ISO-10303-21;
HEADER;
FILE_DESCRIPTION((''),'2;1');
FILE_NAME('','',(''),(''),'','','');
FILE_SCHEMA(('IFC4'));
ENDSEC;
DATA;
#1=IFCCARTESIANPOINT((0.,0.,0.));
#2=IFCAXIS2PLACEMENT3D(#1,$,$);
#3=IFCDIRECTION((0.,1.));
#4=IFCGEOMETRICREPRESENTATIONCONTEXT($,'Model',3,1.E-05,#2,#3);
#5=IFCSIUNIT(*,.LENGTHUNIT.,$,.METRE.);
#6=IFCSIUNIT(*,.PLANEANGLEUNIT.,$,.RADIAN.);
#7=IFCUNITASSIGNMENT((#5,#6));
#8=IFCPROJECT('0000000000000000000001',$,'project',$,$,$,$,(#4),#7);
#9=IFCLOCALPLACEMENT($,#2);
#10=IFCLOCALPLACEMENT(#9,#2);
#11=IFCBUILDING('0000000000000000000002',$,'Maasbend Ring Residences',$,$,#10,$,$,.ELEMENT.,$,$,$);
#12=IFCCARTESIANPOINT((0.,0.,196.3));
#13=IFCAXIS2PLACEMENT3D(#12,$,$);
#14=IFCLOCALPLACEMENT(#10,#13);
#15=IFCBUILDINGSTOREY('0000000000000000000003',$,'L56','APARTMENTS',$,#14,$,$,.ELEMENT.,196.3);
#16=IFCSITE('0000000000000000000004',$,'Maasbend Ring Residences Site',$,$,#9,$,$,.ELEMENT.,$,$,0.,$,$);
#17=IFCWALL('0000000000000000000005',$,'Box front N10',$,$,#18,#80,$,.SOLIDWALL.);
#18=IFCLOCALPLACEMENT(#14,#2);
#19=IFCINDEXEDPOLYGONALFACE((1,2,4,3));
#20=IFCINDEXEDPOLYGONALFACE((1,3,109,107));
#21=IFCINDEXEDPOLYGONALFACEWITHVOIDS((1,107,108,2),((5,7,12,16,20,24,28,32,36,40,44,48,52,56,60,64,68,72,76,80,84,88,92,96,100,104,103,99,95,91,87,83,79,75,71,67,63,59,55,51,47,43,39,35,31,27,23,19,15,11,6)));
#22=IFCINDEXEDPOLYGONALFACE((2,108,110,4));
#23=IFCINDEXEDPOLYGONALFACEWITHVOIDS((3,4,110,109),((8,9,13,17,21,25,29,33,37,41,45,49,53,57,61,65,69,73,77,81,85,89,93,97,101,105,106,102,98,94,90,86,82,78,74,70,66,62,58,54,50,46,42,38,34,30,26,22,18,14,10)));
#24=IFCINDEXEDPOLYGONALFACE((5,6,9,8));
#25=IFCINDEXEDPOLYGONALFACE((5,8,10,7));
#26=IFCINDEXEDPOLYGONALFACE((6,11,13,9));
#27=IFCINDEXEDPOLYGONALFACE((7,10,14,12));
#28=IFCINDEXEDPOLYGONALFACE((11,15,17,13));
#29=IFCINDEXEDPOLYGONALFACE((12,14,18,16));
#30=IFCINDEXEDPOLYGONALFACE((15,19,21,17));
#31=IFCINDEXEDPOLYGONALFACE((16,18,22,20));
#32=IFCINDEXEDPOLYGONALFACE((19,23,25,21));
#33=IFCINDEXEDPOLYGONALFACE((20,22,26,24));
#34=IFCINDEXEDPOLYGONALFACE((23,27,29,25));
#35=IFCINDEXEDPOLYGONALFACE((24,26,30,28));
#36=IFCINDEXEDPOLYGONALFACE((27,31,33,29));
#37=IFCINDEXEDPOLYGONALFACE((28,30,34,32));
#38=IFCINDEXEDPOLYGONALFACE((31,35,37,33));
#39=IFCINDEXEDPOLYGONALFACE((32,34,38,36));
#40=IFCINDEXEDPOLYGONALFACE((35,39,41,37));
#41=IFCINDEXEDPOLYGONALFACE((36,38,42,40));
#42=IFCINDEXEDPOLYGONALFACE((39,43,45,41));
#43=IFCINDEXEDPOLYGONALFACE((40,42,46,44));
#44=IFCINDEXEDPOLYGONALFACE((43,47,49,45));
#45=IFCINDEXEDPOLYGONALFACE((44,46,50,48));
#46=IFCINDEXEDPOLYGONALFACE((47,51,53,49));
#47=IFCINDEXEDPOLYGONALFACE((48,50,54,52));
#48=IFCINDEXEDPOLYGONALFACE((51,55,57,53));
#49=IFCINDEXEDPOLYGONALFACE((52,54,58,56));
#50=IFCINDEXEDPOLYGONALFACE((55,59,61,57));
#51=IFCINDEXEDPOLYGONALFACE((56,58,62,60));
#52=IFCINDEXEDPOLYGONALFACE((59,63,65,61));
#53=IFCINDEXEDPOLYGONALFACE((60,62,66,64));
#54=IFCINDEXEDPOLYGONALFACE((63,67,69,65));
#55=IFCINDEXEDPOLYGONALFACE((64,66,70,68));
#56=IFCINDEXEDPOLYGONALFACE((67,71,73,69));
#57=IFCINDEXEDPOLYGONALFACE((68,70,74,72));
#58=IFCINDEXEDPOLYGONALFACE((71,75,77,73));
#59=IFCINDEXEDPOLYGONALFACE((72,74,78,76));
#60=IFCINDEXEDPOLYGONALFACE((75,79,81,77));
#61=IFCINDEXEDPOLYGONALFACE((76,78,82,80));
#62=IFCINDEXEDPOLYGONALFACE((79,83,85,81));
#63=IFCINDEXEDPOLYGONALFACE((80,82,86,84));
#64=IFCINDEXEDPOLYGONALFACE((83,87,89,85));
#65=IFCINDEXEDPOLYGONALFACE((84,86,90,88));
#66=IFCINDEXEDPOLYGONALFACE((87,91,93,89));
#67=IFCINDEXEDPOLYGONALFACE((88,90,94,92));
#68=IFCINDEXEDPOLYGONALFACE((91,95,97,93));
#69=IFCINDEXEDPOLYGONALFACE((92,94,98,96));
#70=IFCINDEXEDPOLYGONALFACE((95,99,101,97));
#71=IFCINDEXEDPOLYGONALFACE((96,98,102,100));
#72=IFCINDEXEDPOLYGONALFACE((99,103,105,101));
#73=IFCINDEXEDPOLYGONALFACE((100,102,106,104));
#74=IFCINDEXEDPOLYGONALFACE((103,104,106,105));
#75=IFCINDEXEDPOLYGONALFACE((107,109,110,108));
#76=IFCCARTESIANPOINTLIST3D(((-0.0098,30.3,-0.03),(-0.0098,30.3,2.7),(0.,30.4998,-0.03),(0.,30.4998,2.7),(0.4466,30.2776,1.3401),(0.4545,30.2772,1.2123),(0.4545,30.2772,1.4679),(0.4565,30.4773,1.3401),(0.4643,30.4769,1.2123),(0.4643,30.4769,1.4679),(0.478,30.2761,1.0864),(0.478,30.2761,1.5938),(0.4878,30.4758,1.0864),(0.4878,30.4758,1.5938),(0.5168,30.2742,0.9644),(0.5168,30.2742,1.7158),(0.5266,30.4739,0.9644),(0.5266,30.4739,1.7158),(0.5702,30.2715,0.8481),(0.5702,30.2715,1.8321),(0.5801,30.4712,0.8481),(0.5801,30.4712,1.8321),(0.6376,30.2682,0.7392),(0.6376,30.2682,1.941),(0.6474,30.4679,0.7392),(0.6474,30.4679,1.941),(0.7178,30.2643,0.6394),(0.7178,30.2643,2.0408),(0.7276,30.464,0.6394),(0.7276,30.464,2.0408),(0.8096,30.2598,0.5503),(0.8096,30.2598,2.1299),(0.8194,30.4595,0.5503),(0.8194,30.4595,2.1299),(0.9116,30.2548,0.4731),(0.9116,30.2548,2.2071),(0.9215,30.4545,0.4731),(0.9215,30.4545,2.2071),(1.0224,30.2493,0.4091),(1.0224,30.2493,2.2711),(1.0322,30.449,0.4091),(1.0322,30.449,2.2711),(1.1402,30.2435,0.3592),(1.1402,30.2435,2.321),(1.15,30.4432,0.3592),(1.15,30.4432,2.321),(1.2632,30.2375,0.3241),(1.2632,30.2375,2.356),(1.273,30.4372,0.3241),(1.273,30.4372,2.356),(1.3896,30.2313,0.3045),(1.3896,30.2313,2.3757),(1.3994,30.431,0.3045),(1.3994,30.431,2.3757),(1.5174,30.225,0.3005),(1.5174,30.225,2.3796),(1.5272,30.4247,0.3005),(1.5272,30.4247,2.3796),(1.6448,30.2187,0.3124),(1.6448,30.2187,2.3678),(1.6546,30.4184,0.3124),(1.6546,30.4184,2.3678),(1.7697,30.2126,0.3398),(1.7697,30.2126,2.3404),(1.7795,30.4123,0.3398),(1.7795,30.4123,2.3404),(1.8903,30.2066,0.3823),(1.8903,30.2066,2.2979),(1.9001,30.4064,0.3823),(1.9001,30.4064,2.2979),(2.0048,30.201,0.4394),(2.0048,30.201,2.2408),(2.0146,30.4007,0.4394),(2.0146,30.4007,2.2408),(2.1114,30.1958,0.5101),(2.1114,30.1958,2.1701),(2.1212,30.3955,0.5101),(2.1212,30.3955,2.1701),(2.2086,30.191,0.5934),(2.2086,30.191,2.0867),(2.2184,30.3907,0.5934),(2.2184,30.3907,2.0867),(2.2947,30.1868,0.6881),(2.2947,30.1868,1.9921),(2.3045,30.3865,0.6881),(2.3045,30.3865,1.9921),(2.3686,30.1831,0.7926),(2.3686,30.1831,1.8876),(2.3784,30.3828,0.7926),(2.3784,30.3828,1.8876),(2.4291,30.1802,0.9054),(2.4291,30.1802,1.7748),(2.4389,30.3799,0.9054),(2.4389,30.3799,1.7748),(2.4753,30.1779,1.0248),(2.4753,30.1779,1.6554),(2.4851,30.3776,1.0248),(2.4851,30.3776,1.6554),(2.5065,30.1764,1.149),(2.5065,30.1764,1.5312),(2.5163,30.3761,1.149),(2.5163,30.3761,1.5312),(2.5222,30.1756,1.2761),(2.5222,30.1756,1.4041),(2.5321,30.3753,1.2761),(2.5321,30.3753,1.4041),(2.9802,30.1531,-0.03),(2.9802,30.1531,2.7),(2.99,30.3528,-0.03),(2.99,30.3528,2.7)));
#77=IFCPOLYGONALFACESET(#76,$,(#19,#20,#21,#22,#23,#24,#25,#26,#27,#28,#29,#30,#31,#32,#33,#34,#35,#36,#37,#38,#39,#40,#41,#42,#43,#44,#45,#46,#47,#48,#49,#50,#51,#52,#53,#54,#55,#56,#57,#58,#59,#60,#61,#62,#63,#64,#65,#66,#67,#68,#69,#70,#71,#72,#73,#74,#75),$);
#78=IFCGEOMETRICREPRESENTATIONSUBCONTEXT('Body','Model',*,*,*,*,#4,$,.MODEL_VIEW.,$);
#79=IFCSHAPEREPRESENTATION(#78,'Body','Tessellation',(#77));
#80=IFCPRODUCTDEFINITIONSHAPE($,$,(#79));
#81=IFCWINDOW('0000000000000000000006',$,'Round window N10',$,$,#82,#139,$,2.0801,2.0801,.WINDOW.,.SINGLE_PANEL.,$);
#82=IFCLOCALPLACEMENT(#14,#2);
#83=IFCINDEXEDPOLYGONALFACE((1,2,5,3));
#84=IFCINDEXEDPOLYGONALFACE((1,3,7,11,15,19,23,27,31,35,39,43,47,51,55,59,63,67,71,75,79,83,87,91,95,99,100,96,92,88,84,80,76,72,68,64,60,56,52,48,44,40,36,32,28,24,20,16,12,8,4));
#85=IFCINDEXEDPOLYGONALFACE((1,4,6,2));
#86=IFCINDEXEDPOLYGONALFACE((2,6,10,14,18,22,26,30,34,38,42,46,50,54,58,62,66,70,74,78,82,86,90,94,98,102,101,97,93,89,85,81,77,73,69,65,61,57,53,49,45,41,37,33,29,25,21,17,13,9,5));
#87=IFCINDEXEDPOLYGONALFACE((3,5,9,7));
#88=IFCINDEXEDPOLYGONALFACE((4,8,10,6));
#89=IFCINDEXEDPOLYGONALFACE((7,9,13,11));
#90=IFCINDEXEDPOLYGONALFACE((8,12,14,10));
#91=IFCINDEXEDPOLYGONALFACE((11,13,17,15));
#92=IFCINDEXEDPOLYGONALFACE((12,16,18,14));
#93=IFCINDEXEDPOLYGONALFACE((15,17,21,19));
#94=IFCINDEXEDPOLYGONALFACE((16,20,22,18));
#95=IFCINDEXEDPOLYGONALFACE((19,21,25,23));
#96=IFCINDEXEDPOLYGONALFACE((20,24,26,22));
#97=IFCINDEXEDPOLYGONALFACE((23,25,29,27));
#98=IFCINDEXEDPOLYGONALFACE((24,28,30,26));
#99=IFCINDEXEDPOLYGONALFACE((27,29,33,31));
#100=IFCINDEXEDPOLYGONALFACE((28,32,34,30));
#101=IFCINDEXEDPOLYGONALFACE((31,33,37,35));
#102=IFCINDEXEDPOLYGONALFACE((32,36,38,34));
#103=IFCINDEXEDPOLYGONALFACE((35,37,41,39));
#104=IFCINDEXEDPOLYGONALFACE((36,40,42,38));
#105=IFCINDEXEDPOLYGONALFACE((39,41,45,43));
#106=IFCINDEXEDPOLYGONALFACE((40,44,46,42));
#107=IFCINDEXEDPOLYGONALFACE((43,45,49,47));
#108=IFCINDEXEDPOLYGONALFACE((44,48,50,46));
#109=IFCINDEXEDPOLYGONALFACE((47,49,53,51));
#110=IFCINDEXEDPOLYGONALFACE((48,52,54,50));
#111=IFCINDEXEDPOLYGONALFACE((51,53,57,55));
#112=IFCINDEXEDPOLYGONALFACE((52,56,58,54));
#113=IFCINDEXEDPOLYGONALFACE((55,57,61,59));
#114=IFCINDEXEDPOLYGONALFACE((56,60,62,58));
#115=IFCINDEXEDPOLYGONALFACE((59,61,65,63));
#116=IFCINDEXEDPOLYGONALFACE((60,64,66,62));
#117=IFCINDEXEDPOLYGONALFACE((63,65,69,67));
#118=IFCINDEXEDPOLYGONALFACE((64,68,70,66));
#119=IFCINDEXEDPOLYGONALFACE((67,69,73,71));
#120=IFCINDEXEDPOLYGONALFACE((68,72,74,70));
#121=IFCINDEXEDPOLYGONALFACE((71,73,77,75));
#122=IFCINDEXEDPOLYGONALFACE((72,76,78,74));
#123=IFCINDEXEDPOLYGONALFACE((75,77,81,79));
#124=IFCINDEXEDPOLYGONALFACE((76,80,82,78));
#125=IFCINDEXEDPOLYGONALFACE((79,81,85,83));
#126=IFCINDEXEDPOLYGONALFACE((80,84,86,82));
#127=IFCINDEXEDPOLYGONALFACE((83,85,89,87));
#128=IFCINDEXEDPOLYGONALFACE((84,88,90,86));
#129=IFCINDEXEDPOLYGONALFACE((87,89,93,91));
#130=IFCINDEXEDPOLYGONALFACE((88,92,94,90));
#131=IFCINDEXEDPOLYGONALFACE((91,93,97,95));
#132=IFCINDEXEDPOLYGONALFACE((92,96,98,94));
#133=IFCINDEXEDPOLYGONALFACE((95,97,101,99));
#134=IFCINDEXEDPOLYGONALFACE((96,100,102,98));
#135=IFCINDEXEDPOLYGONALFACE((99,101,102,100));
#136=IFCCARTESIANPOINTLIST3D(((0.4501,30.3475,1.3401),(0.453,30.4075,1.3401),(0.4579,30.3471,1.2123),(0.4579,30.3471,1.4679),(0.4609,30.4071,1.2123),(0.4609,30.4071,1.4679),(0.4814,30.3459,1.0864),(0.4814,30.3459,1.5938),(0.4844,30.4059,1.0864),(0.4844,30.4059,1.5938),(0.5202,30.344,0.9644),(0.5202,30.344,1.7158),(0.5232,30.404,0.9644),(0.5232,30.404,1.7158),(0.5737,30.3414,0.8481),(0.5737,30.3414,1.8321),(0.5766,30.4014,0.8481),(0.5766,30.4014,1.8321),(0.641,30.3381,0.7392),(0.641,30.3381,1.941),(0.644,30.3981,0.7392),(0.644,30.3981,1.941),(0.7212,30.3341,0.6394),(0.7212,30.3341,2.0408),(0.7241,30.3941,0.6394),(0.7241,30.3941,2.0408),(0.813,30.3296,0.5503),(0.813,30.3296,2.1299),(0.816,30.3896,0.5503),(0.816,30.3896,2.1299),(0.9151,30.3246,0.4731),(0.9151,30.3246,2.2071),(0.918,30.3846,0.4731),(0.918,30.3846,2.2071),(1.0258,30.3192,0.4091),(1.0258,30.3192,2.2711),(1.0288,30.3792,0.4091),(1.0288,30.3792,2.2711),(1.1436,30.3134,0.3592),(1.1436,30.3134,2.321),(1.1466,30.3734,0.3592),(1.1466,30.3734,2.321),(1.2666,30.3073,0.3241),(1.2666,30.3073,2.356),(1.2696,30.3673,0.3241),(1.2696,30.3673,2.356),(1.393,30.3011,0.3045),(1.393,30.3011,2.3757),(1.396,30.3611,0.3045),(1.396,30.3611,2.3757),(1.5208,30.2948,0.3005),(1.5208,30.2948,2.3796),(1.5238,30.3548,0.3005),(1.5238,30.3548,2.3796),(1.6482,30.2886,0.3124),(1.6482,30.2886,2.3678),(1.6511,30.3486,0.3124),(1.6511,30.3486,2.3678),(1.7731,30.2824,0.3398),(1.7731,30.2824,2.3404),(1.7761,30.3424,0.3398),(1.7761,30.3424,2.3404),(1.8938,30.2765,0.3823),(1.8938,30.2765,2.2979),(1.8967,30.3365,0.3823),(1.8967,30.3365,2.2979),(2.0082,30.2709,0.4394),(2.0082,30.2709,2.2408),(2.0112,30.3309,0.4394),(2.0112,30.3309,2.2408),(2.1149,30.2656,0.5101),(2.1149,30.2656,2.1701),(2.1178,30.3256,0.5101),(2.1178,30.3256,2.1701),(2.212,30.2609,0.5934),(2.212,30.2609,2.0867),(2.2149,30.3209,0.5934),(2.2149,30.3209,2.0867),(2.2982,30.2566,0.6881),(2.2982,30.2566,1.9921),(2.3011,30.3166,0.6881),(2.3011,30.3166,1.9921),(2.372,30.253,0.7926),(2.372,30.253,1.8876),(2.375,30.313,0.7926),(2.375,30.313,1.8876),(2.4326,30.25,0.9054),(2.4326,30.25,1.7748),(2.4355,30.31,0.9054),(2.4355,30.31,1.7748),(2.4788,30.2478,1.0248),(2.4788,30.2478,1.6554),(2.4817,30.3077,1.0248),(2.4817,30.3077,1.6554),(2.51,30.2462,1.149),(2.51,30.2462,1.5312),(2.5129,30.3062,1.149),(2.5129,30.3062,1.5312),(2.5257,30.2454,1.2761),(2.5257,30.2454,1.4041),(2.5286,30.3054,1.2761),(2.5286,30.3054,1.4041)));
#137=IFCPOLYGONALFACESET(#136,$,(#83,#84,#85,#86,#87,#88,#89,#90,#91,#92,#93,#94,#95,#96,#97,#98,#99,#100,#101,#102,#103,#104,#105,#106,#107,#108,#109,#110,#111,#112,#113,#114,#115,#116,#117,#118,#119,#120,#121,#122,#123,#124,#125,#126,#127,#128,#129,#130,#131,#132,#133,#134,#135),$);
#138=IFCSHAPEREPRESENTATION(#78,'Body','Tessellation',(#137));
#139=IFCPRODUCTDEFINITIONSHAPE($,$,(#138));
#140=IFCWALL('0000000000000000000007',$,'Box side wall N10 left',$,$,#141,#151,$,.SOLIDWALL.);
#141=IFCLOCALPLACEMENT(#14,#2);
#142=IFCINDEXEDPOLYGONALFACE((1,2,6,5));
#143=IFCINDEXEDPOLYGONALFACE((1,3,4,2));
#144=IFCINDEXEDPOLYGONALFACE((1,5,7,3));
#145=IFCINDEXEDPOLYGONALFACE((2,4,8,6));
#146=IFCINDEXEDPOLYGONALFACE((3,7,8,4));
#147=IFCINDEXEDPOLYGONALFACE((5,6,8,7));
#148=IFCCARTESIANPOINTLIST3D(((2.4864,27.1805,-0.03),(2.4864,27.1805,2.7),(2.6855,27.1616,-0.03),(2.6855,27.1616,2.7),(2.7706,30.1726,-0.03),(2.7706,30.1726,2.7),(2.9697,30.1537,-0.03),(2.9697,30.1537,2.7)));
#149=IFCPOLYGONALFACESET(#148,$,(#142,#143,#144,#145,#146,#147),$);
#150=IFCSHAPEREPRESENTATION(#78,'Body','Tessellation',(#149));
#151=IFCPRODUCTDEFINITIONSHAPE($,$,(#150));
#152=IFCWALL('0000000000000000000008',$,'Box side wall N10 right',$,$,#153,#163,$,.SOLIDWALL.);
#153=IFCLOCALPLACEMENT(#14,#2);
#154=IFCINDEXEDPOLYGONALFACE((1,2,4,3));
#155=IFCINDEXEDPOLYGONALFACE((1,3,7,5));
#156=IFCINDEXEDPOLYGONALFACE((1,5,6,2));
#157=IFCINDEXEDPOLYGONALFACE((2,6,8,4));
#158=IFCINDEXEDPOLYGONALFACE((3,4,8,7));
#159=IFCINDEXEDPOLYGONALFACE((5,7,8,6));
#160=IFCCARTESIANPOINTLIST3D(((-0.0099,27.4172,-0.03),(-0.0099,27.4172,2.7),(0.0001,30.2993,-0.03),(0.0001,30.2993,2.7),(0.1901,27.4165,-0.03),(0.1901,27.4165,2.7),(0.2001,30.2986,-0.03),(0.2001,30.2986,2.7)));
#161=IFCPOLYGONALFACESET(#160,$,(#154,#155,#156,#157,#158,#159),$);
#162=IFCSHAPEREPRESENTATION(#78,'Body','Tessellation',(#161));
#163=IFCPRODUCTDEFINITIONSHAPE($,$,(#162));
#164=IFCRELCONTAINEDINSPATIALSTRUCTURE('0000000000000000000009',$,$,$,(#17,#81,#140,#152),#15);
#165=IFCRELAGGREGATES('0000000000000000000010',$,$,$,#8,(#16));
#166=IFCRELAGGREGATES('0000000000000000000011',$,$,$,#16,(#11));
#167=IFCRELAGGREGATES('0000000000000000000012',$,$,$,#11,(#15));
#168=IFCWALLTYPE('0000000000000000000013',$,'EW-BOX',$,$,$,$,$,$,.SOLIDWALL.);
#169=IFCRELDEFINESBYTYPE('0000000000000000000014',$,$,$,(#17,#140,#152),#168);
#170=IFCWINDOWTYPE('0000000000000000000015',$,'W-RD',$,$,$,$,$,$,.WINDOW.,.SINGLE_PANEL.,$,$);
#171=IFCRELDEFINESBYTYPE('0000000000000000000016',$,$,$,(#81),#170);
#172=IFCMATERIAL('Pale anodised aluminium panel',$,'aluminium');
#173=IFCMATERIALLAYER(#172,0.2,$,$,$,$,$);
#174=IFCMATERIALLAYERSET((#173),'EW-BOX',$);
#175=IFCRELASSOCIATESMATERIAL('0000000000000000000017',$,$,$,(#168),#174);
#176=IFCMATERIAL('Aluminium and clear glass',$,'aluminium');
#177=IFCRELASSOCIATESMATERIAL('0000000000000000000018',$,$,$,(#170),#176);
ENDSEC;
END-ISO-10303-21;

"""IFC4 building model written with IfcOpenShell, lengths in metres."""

from ifc_helpers import new_model, si_unit, direction, frame, frame_2d, origin, place, context, subcontext, project, spatial, rectangle, circle, extrude, material, layer, layer_set, type_object, element, fill, save


model = new_model("IFC4")

# Units and contexts
model_context = context("Model", 3, precision=1e-05, world=origin(), true_north=direction((0.0, 1.0)))
body_context = subcontext(model_context, "Body", "Model", "MODEL_VIEW")
ifc_project = project(units=[si_unit("LENGTHUNIT", "METRE"), si_unit("PLANEANGLEUNIT", "RADIAN")], contexts=[model_context])

# Site, building, storey
site_placement = place(None, origin())
site = spatial("IfcSite", under=ifc_project, at=site_placement, Name="Maasbend Ring Residences Site", CompositionType="ELEMENT", RefElevation=0.0)
building_placement = place(site_placement, origin())
building = spatial("IfcBuilding", under=site, at=building_placement, Name="Maasbend Ring Residences", CompositionType="ELEMENT")
storey_placement = place(building_placement, frame((0.0, 0.0, 196.3)))
storey = spatial("IfcBuildingStorey", under=building, at=storey_placement, Name="L56", Description="APARTMENTS", CompositionType="ELEMENT", Elevation=196.3)

# Shared definitions
ifc_material_1 = material(Name="Pale anodised aluminium panel", Category="aluminium")
ifc_layer_1 = layer(ifc_material_1, 0.2)
ifc_layer_set_1 = layer_set([ifc_layer_1], Name="EW-BOX")
wall_type_1 = type_object("IfcWallType", Name="EW-BOX", PredefinedType="SOLIDWALL", material=ifc_layer_set_1)
ifc_material_2 = material(Name="Aluminium and clear glass", Category="aluminium")
window_type_1 = type_object("IfcWindowType", Name="W-RD", PartitioningType="SINGLE_PANEL", PredefinedType="WINDOW", material=ifc_material_2)

# Wall, opening, window
wall_1_placement = place(storey_placement, frame((2.9851, 30.2529, -0.03), z_axis=(0.0, 0.0, 1.0), x_axis=(-0.998794, 0.049096, 0.0)))
wall_1 = element("IfcWall", 1, at=wall_1_placement, inside=storey, type_object=wall_type_1, Name="Box front N10", PredefinedType="SOLIDWALL", context=body_context, shape_type="SweptSolid", body=[
    extrude(rectangle(XDim=2.9937, YDim=0.2, at=frame_2d((1.4968, 0.0))), origin(), (0.0, 0.0, 1.0), 2.73),
])
opening_1_placement = place(wall_1_placement, frame((0.4565, 0.0, 0.3301)))
opening_1 = element("IfcOpeningElement", 2, at=opening_1_placement, cuts=wall_1, PredefinedType="OPENING", context=body_context, shape_type="SweptSolid", body=[
    extrude(circle(Radius=1.04, at=frame_2d((1.04, 1.04))), frame((0.0, 0.1099, 0.0), z_axis=(0.0, -1.0, 0.0), x_axis=(1.0, 0.0, 0.0)), (0.0, 0.0, 1.0), 0.22),
])
window_1_placement = place(opening_1_placement, origin())
window_1 = element("IfcWindow", 3, at=window_1_placement, inside=storey, type_object=window_type_1, Name="Round window N10", OverallHeight=2.0801, OverallWidth=2.0801, PartitioningType="SINGLE_PANEL", PredefinedType="WINDOW", context=body_context, shape_type="SweptSolid", body=[
    extrude(circle(Radius=1.04, at=frame_2d((1.04, 1.04))), frame((0.0, 0.03, 0.0), z_axis=(0.0, -1.0, 0.0), x_axis=(1.0, 0.0, 0.0)), (0.0, 0.0, 1.0), 0.0601),
])
fill(opening_1, window_1)

# Walls
wall_2_placement = place(storey_placement, frame((2.5859, 27.1709, -0.03), z_axis=(0.0, 0.0, 1.0), x_axis=(0.094548, 0.99552, 0.0)))
element("IfcWall", 4, at=wall_2_placement, inside=storey, type_object=wall_type_1, Name="Box side wall N10 left", PredefinedType="SOLIDWALL", context=body_context, shape_type="SweptSolid", body=[
    extrude(rectangle(XDim=3.0056, YDim=0.2, at=frame_2d((1.5029, 0.0))), origin(), (0.0, 0.0, 1.0), 2.73),
])
wall_3_placement = place(storey_placement, frame((0.0901, 27.417, -0.03), z_axis=(0.0, 0.0, 1.0), x_axis=(0.003473, 0.999994, 0.0)))
element("IfcWall", 5, at=wall_3_placement, inside=storey, type_object=wall_type_1, Name="Box side wall N10 right", PredefinedType="SOLIDWALL", context=body_context, shape_type="SweptSolid", body=[
    extrude(rectangle(XDim=2.8821, YDim=0.2, at=frame_2d((1.4409, 0.0))), origin(), (0.0, 0.0, 1.0), 2.73),
])

save(model, "model.ifc")
